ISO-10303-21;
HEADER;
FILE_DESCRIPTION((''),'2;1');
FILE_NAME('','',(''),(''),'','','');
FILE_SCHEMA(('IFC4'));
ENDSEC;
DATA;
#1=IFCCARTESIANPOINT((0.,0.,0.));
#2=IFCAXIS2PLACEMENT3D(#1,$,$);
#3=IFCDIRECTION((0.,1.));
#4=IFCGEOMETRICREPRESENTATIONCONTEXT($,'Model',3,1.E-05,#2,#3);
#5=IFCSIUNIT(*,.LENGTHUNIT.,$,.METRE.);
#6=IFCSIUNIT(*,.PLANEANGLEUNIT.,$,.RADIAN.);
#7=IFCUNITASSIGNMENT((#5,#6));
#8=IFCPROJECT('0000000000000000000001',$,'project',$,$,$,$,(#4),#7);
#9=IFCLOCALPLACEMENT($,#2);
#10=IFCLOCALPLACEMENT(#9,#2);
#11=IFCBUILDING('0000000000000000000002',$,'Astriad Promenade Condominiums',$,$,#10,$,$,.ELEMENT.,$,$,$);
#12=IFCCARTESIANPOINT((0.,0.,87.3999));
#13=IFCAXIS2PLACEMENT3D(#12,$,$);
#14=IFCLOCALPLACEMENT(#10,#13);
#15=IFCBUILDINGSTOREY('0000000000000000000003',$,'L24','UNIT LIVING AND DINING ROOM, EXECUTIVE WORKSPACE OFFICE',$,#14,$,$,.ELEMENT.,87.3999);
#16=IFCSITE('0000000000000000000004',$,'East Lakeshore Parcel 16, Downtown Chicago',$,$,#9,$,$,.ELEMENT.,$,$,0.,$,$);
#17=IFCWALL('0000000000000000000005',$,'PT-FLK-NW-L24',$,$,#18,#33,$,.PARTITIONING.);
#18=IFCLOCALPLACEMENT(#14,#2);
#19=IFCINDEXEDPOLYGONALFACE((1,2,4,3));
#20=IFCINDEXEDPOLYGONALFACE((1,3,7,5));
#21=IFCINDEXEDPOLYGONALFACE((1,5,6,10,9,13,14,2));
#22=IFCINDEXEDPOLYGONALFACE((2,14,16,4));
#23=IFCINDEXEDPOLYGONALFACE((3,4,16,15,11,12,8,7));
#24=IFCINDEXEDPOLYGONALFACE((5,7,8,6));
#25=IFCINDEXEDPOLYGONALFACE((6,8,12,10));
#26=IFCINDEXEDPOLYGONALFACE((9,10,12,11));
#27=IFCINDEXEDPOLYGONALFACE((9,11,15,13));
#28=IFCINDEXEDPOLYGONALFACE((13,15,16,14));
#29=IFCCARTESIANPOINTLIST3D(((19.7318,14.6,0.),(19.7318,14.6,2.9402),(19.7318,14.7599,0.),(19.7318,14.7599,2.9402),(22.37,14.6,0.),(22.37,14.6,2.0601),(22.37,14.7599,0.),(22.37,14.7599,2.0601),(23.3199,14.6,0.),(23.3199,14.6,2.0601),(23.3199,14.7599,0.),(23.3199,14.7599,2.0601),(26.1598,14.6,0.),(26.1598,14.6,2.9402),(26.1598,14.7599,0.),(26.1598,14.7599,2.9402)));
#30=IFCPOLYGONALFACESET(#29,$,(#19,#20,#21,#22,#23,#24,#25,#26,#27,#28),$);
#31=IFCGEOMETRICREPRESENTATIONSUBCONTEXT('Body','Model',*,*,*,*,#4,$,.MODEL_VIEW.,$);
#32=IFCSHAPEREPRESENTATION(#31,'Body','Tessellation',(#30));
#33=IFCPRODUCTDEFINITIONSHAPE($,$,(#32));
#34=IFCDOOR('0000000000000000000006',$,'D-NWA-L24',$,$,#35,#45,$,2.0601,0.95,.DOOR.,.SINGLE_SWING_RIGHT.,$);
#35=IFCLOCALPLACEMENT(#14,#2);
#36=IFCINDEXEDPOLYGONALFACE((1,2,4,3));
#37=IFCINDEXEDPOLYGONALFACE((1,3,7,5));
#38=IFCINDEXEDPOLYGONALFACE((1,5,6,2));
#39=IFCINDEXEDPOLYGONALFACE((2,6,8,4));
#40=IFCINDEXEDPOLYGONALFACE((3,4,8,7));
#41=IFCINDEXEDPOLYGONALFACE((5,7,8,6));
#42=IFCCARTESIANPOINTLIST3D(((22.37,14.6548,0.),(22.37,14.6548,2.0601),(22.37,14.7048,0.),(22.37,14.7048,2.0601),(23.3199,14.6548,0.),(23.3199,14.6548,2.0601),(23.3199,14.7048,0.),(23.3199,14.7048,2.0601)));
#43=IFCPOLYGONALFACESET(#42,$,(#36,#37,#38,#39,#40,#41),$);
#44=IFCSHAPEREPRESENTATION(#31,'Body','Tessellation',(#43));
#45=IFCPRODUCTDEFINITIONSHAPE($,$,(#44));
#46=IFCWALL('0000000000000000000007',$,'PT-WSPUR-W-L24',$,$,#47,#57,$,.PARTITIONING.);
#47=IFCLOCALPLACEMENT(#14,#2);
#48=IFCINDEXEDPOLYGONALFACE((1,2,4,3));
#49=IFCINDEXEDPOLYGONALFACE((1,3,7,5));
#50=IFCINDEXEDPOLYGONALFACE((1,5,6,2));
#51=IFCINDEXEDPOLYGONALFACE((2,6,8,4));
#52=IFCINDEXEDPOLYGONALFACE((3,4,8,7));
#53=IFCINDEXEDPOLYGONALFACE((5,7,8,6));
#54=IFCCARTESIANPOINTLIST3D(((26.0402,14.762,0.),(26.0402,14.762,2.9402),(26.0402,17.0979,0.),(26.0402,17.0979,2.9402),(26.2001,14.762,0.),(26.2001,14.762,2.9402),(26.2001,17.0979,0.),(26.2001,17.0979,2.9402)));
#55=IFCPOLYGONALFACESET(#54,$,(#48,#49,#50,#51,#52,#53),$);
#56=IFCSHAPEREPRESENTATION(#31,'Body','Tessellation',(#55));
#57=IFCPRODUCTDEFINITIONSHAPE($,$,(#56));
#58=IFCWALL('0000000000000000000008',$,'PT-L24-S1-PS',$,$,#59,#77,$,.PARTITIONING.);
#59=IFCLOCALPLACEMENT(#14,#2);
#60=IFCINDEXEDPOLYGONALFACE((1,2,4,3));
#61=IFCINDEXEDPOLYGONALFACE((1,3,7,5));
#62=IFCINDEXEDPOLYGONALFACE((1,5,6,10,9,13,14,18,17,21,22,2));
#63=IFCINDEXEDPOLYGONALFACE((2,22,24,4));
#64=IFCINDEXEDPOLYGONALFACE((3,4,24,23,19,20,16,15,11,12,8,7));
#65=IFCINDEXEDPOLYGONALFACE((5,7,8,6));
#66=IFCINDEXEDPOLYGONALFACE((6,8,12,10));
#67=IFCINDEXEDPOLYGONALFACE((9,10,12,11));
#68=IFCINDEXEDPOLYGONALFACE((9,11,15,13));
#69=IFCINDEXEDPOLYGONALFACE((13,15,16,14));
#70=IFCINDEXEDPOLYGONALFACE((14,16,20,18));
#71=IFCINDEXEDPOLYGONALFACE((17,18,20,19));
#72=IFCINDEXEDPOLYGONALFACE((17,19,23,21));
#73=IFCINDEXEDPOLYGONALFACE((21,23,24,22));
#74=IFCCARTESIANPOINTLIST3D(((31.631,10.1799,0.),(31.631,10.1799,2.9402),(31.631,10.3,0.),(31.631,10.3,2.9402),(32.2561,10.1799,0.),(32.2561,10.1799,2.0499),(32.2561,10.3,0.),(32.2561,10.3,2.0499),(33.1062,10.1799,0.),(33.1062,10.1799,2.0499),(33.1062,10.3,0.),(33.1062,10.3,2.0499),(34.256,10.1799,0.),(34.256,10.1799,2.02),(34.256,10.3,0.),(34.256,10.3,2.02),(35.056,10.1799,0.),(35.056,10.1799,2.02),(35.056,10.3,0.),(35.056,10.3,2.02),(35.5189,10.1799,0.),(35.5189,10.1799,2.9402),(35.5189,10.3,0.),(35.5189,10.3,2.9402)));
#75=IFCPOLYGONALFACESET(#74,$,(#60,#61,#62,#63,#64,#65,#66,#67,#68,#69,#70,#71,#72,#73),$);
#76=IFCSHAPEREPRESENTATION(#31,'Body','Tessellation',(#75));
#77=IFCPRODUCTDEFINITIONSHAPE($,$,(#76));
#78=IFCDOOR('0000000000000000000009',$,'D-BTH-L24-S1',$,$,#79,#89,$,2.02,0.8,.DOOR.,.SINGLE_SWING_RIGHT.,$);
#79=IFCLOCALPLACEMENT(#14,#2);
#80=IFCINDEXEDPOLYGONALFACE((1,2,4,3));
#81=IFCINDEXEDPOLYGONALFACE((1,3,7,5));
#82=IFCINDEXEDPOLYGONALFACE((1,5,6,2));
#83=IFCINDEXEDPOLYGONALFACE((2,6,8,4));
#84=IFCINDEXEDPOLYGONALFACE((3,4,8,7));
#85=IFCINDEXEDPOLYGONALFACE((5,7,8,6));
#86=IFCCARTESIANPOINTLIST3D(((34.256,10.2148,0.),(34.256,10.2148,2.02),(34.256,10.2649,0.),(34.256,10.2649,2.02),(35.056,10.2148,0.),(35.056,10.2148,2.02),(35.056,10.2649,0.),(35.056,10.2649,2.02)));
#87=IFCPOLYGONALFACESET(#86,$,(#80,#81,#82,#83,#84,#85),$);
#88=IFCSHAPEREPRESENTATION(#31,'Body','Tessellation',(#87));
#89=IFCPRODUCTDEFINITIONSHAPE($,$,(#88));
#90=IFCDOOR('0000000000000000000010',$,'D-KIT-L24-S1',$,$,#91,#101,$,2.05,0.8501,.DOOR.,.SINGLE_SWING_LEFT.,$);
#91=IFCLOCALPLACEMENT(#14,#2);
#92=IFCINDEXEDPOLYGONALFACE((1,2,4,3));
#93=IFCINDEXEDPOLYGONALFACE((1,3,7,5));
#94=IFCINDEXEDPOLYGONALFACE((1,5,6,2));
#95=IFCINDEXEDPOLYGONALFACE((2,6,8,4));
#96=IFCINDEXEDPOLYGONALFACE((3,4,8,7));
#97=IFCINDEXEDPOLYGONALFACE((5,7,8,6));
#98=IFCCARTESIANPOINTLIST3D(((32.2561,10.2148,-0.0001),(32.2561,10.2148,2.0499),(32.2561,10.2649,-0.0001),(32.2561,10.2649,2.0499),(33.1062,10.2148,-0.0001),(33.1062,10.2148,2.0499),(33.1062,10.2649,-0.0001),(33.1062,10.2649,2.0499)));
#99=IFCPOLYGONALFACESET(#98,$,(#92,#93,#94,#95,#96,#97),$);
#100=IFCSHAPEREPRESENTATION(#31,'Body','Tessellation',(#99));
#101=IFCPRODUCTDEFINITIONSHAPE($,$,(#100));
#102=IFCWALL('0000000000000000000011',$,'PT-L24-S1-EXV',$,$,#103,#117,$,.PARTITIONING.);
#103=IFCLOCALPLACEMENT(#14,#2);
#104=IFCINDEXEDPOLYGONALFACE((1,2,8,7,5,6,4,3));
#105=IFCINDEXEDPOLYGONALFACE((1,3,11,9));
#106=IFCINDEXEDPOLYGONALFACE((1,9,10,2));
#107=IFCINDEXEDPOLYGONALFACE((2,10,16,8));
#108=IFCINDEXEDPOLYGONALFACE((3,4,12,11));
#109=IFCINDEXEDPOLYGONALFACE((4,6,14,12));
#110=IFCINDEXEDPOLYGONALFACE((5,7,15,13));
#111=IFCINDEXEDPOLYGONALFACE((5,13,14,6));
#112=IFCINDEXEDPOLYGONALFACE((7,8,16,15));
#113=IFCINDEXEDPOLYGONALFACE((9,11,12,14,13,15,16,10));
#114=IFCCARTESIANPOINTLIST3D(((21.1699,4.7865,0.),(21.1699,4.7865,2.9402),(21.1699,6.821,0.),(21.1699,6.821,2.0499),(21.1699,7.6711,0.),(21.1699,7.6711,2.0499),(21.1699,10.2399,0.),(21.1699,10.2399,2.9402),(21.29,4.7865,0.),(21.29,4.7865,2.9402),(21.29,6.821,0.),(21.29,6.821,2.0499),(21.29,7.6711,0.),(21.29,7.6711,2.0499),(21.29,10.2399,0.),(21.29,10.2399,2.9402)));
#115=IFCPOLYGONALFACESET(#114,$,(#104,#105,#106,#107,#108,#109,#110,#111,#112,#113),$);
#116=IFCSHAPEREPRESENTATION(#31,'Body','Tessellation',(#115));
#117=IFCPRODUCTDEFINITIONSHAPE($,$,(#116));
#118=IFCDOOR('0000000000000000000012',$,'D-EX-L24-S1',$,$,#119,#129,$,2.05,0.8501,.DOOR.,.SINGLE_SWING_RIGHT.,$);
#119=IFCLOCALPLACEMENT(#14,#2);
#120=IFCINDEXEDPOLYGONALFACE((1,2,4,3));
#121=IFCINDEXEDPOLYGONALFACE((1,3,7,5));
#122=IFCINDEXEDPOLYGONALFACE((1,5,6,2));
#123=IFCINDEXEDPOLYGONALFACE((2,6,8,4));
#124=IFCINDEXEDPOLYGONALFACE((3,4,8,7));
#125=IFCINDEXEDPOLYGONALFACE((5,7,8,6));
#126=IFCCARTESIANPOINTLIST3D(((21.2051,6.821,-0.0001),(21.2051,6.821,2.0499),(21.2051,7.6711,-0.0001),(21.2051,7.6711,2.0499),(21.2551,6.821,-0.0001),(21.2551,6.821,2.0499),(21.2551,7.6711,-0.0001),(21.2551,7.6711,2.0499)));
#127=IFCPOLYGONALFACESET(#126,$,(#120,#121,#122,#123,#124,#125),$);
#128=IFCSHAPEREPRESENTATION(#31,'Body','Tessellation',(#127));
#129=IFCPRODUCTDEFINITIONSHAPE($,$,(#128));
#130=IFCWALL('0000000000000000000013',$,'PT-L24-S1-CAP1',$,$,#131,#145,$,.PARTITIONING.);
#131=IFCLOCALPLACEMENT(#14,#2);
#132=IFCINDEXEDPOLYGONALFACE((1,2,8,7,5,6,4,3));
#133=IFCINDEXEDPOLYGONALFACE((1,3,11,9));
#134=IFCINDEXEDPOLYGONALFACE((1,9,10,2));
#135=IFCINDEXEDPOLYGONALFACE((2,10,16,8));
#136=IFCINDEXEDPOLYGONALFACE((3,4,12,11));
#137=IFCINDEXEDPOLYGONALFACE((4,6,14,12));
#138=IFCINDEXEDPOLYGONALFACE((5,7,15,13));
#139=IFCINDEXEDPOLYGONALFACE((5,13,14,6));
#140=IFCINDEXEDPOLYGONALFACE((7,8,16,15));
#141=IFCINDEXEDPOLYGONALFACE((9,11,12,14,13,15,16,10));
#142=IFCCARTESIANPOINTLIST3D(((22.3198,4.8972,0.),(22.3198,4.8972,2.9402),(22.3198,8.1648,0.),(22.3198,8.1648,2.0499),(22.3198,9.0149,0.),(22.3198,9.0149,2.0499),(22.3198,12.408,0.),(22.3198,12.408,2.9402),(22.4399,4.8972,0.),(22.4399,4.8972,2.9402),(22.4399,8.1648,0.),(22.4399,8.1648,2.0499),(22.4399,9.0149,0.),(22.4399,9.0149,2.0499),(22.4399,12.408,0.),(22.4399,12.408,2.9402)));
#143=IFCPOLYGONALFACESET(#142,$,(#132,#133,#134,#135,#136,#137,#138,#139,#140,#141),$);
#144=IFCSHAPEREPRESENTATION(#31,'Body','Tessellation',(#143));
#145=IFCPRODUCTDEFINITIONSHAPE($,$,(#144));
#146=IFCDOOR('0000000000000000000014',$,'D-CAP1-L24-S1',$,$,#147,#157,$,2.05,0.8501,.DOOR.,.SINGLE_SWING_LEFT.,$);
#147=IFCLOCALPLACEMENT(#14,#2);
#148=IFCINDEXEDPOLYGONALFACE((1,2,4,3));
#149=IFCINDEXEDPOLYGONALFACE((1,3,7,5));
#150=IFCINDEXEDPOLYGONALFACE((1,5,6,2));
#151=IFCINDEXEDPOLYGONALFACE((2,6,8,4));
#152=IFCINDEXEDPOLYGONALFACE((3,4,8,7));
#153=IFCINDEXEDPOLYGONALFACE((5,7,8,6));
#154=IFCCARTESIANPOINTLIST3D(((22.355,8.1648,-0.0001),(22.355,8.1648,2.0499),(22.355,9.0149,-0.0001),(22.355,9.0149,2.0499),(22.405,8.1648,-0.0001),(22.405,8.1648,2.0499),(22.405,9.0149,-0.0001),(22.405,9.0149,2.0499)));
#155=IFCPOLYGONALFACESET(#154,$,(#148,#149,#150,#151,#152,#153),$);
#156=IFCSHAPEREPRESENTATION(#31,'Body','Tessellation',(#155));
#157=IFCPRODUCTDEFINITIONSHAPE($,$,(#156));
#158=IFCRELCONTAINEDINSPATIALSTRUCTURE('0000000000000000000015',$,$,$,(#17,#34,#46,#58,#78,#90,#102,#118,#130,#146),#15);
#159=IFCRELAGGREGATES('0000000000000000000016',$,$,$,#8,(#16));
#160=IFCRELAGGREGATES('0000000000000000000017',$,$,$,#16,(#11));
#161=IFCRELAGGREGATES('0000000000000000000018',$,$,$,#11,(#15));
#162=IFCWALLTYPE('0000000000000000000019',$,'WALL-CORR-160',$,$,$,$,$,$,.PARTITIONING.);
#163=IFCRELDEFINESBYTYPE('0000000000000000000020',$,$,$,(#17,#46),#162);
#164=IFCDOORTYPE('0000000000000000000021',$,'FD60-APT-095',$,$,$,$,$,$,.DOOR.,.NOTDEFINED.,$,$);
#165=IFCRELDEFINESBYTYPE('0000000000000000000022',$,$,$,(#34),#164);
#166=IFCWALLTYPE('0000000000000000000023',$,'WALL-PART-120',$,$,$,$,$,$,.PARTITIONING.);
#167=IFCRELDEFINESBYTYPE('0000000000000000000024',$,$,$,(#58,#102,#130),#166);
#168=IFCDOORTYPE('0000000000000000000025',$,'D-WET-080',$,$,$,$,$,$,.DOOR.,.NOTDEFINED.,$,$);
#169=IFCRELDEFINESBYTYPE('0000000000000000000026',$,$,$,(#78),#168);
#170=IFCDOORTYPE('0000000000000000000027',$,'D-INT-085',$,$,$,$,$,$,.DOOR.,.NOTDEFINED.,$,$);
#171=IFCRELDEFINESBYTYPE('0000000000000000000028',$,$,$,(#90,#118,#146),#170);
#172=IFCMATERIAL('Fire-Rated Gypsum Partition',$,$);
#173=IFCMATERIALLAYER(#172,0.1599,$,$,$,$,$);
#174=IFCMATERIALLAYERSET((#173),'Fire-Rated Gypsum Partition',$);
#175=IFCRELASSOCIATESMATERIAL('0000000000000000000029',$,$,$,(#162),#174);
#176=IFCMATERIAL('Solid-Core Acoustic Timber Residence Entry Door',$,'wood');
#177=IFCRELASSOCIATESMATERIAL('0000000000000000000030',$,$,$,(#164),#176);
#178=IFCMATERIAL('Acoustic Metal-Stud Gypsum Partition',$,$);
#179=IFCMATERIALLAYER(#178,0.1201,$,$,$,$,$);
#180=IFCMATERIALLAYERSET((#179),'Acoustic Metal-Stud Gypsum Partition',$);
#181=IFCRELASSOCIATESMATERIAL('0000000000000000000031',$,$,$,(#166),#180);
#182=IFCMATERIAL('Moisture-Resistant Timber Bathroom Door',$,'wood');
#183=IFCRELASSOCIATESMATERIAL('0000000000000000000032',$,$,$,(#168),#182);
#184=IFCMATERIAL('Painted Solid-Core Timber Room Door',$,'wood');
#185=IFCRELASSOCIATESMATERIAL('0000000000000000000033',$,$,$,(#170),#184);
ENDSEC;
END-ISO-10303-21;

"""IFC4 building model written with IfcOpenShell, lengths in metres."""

from ifc_helpers import new_model, si_unit, direction, frame, frame_2d, origin, place, context, subcontext, project, spatial, rectangle, extrude, source, transform, mapped, material, layer, layer_set, type_object, type_shapes, element, fill, save


model = new_model("IFC4")

# Units and contexts
model_context = context("Model", 3, precision=1e-05, world=origin(), true_north=direction((0.0, 1.0)))
body_context = subcontext(model_context, "Body", "Model", "MODEL_VIEW")
ifc_project = project(units=[si_unit("LENGTHUNIT", "METRE"), si_unit("PLANEANGLEUNIT", "RADIAN")], contexts=[model_context])

# Site, building, storey
site_placement = place(None, origin())
site = spatial("IfcSite", under=ifc_project, at=site_placement, Name="East Lakeshore Parcel 16, Downtown Chicago", CompositionType="ELEMENT", RefElevation=0.0)
building_placement = place(site_placement, origin())
building = spatial("IfcBuilding", under=site, at=building_placement, Name="Astriad Promenade Condominiums", CompositionType="ELEMENT")
storey_placement = place(building_placement, frame((0.0, 0.0, 87.3999)))
storey = spatial("IfcBuildingStorey", under=building, at=storey_placement, Name="L24", Description="UNIT LIVING AND DINING ROOM, EXECUTIVE WORKSPACE OFFICE", CompositionType="ELEMENT", Elevation=87.3999)

# Wall, opening, door
ifc_material_1 = material(Name="Fire-Rated Gypsum Partition")
ifc_layer_1 = layer(ifc_material_1, 0.1599)
ifc_layer_set_1 = layer_set([ifc_layer_1], Name="Fire-Rated Gypsum Partition")
wall_type_1 = type_object("IfcWallType", Name="WALL-CORR-160", PredefinedType="PARTITIONING", material=ifc_layer_set_1)
wall_1_placement = place(storey_placement, frame((19.7319, 14.6799, 0.0), z_axis=(0.0, 0.0, 1.0), x_axis=(1.0, 0.0, 0.0)))
wall_1 = element("IfcWall", 1, at=wall_1_placement, inside=storey, type_object=wall_type_1, Name="PT-FLK-NW-L24", PredefinedType="PARTITIONING", context=body_context, shape_type="SweptSolid", body=[
    extrude(rectangle(XDim=6.428, YDim=0.1599, at=frame_2d((3.2139, 0.0))), origin(), (0.0, 0.0, 1.0), 2.9402),
])
opening_1_placement = place(wall_1_placement, frame((2.6379, 0.0, 0.0)))
opening_1 = element("IfcOpeningElement", 2, at=opening_1_placement, cuts=wall_1, PredefinedType="OPENING", context=body_context, shape_type="SweptSolid", body=[
    extrude(rectangle(XDim=0.95, YDim=2.0601, at=frame_2d((0.4751, 1.03))), frame((0.0, 0.0898, 0.0), z_axis=(0.0, -1.0, 0.0), x_axis=(1.0, 0.0, 0.0)), (0.0, 0.0, 1.0), 0.1799),
])
ifc_material_2 = material(Name="Solid-Core Acoustic Timber Residence Entry Door", Category="wood")
door_type_1 = type_object("IfcDoorType", Name="FD60-APT-095", OperationType="NOTDEFINED", PredefinedType="DOOR", material=ifc_material_2)
shared_shape_1 = source(origin(), body_context, "Body", "SweptSolid", [
    extrude(rectangle(XDim=0.95, YDim=2.0601, at=frame_2d((0.4751, 1.03))), frame((0.0, 0.0249, 0.0), z_axis=(0.0, -1.0, 0.0), x_axis=(1.0, 0.0, 0.0)), (0.0, 0.0, 1.0), 0.05),
])
type_shapes(door_type_1, [shared_shape_1])
door_1_placement = place(opening_1_placement, origin())
door_1 = element("IfcDoor", 3, at=door_1_placement, inside=storey, type_object=door_type_1, Name="D-NWA-L24", OperationType="SINGLE_SWING_RIGHT", OverallHeight=2.0601, OverallWidth=0.95, PredefinedType="DOOR", context=body_context, shape_type="MappedRepresentation", body=[
    mapped(shared_shape_1, transform((0.0, 0.0, 0.0), scale=1.0)),
])
fill(opening_1, door_1)

# Wall
wall_2_placement = place(storey_placement, frame((26.1201, 14.762, 0.0), z_axis=(0.0, 0.0, 1.0), x_axis=(0.0, 1.0, 0.0)))
element("IfcWall", 4, at=wall_2_placement, inside=storey, type_object=wall_type_1, Name="PT-WSPUR-W-L24", PredefinedType="PARTITIONING", context=body_context, shape_type="SweptSolid", body=[
    extrude(rectangle(XDim=2.3359, YDim=0.1599, at=frame_2d((1.168, 0.0))), origin(), (0.0, 0.0, 1.0), 2.9402),
])

# Wall, openings, doors
ifc_material_3 = material(Name="Acoustic Metal-Stud Gypsum Partition")
ifc_layer_2 = layer(ifc_material_3, 0.1201)
ifc_layer_set_2 = layer_set([ifc_layer_2], Name="Acoustic Metal-Stud Gypsum Partition")
wall_type_2 = type_object("IfcWallType", Name="WALL-PART-120", PredefinedType="PARTITIONING", material=ifc_layer_set_2)
wall_3_placement = place(storey_placement, frame((31.6311, 10.24, 0.0), z_axis=(0.0, 0.0, 1.0), x_axis=(1.0, 0.0, 0.0)))
wall_3 = element("IfcWall", 5, at=wall_3_placement, inside=storey, type_object=wall_type_2, Name="PT-L24-S1-PS", PredefinedType="PARTITIONING", context=body_context, shape_type="SweptSolid", body=[
    extrude(rectangle(XDim=3.8879, YDim=0.1201, at=frame_2d((1.9438, 0.0))), origin(), (0.0, 0.0, 1.0), 2.9402),
])
opening_2_placement = place(wall_3_placement, frame((0.625, 0.0, 0.0)))
opening_2 = element("IfcOpeningElement", 6, at=opening_2_placement, cuts=wall_3, PredefinedType="OPENING", context=body_context, shape_type="SweptSolid", body=[
    extrude(rectangle(XDim=0.8501, YDim=2.05, at=frame_2d((0.425, 1.0249))), frame((0.0, 0.0701, 0.0), z_axis=(0.0, -1.0, 0.0), x_axis=(1.0, 0.0, 0.0)), (0.0, 0.0, 1.0), 0.1401),
])
opening_3_placement = place(wall_3_placement, frame((2.625, 0.0, 0.0)))
opening_3 = element("IfcOpeningElement", 7, at=opening_3_placement, cuts=wall_3, PredefinedType="OPENING", context=body_context, shape_type="SweptSolid", body=[
    extrude(rectangle(XDim=0.8, YDim=2.02, at=frame_2d((0.3999, 1.01))), frame((0.0, 0.0701, 0.0), z_axis=(0.0, -1.0, 0.0), x_axis=(1.0, 0.0, 0.0)), (0.0, 0.0, 1.0), 0.1401),
])
ifc_material_4 = material(Name="Moisture-Resistant Timber Bathroom Door", Category="wood")
door_type_2 = type_object("IfcDoorType", Name="D-WET-080", OperationType="NOTDEFINED", PredefinedType="DOOR", material=ifc_material_4)
shared_shape_2 = source(origin(), body_context, "Body", "SweptSolid", [
    extrude(rectangle(XDim=0.8, YDim=2.02, at=frame_2d((0.3999, 1.01))), frame((0.0, 0.0249, 0.0), z_axis=(0.0, -1.0, 0.0), x_axis=(1.0, 0.0, 0.0)), (0.0, 0.0, 1.0), 0.05),
])
type_shapes(door_type_2, [shared_shape_2])
door_2_placement = place(opening_3_placement, origin())
door_2 = element("IfcDoor", 8, at=door_2_placement, inside=storey, type_object=door_type_2, Name="D-BTH-L24-S1", OperationType="SINGLE_SWING_RIGHT", OverallHeight=2.02, OverallWidth=0.8, PredefinedType="DOOR", context=body_context, shape_type="MappedRepresentation", body=[
    mapped(shared_shape_2, transform((0.0, 0.0, 0.0), scale=1.0)),
])
fill(opening_3, door_2)
ifc_material_5 = material(Name="Painted Solid-Core Timber Room Door", Category="wood")
door_type_3 = type_object("IfcDoorType", Name="D-INT-085", OperationType="NOTDEFINED", PredefinedType="DOOR", material=ifc_material_5)
shared_shape_3 = source(origin(), body_context, "Body", "SweptSolid", [
    extrude(rectangle(XDim=0.8501, YDim=2.05, at=frame_2d((0.425, 1.0249))), frame((0.0, 0.0249, 0.0), z_axis=(0.0, -1.0, 0.0), x_axis=(1.0, 0.0, 0.0)), (0.0, 0.0, 1.0), 0.05),
])
type_shapes(door_type_3, [shared_shape_3])
door_3_placement = place(opening_2_placement, origin())
door_3 = element("IfcDoor", 9, at=door_3_placement, inside=storey, type_object=door_type_3, Name="D-KIT-L24-S1", OperationType="SINGLE_SWING_LEFT", OverallHeight=2.05, OverallWidth=0.8501, PredefinedType="DOOR", context=body_context, shape_type="MappedRepresentation", body=[
    mapped(shared_shape_3, transform((0.0, 0.0, 0.0), scale=1.0)),
])
fill(opening_2, door_3)

# Walls, openings, doors
wall_4_placement = place(storey_placement, frame((21.23, 4.7866, 0.0), z_axis=(0.0, 0.0, 1.0), x_axis=(0.0, 1.0, 0.0)))
wall_4 = element("IfcWall", 10, at=wall_4_placement, inside=storey, type_object=wall_type_2, Name="PT-L24-S1-EXV", PredefinedType="PARTITIONING", context=body_context, shape_type="SweptSolid", body=[
    extrude(rectangle(XDim=5.4534, YDim=0.1201, at=frame_2d((2.7266, 0.0))), origin(), (0.0, 0.0, 1.0), 2.9402),
])
opening_4_placement = place(wall_4_placement, frame((2.0344, 0.0, 0.0)))
opening_4 = element("IfcOpeningElement", 11, at=opening_4_placement, cuts=wall_4, PredefinedType="OPENING", context=body_context, shape_type="SweptSolid", body=[
    extrude(rectangle(XDim=0.8501, YDim=2.05, at=frame_2d((0.425, 1.0249))), frame((0.0, 0.0701, 0.0), z_axis=(0.0, -1.0, 0.0), x_axis=(1.0, 0.0, 0.0)), (0.0, 0.0, 1.0), 0.1401),
])
door_4_placement = place(opening_4_placement, origin())
door_4 = element("IfcDoor", 12, at=door_4_placement, inside=storey, type_object=door_type_3, Name="D-EX-L24-S1", OperationType="SINGLE_SWING_RIGHT", OverallHeight=2.05, OverallWidth=0.8501, PredefinedType="DOOR", context=body_context, shape_type="MappedRepresentation", body=[
    mapped(shared_shape_3, transform((0.0, 0.0, 0.0), scale=1.0)),
])
fill(opening_4, door_4)
wall_5_placement = place(storey_placement, frame((22.3799, 4.8972, 0.0), z_axis=(0.0, 0.0, 1.0), x_axis=(0.0, 1.0, 0.0)))
wall_5 = element("IfcWall", 13, at=wall_5_placement, inside=storey, type_object=wall_type_2, Name="PT-L24-S1-CAP1", PredefinedType="PARTITIONING", context=body_context, shape_type="SweptSolid", body=[
    extrude(rectangle(XDim=7.5107, YDim=0.1201, at=frame_2d((3.7554, 0.0))), origin(), (0.0, 0.0, 1.0), 2.9402),
])
opening_5_placement = place(wall_5_placement, frame((3.2676, 0.0, 0.0)))
opening_5 = element("IfcOpeningElement", 14, at=opening_5_placement, cuts=wall_5, PredefinedType="OPENING", context=body_context, shape_type="SweptSolid", body=[
    extrude(rectangle(XDim=0.8501, YDim=2.05, at=frame_2d((0.425, 1.0249))), frame((0.0, 0.0701, 0.0), z_axis=(0.0, -1.0, 0.0), x_axis=(1.0, 0.0, 0.0)), (0.0, 0.0, 1.0), 0.1401),
])
door_5_placement = place(opening_5_placement, origin())
door_5 = element("IfcDoor", 15, at=door_5_placement, inside=storey, type_object=door_type_3, Name="D-CAP1-L24-S1", OperationType="SINGLE_SWING_LEFT", OverallHeight=2.05, OverallWidth=0.8501, PredefinedType="DOOR", context=body_context, shape_type="MappedRepresentation", body=[
    mapped(shared_shape_3, transform((0.0, 0.0, 0.0), scale=1.0)),
])
fill(opening_5, door_5)

save(model, "model.ifc")
